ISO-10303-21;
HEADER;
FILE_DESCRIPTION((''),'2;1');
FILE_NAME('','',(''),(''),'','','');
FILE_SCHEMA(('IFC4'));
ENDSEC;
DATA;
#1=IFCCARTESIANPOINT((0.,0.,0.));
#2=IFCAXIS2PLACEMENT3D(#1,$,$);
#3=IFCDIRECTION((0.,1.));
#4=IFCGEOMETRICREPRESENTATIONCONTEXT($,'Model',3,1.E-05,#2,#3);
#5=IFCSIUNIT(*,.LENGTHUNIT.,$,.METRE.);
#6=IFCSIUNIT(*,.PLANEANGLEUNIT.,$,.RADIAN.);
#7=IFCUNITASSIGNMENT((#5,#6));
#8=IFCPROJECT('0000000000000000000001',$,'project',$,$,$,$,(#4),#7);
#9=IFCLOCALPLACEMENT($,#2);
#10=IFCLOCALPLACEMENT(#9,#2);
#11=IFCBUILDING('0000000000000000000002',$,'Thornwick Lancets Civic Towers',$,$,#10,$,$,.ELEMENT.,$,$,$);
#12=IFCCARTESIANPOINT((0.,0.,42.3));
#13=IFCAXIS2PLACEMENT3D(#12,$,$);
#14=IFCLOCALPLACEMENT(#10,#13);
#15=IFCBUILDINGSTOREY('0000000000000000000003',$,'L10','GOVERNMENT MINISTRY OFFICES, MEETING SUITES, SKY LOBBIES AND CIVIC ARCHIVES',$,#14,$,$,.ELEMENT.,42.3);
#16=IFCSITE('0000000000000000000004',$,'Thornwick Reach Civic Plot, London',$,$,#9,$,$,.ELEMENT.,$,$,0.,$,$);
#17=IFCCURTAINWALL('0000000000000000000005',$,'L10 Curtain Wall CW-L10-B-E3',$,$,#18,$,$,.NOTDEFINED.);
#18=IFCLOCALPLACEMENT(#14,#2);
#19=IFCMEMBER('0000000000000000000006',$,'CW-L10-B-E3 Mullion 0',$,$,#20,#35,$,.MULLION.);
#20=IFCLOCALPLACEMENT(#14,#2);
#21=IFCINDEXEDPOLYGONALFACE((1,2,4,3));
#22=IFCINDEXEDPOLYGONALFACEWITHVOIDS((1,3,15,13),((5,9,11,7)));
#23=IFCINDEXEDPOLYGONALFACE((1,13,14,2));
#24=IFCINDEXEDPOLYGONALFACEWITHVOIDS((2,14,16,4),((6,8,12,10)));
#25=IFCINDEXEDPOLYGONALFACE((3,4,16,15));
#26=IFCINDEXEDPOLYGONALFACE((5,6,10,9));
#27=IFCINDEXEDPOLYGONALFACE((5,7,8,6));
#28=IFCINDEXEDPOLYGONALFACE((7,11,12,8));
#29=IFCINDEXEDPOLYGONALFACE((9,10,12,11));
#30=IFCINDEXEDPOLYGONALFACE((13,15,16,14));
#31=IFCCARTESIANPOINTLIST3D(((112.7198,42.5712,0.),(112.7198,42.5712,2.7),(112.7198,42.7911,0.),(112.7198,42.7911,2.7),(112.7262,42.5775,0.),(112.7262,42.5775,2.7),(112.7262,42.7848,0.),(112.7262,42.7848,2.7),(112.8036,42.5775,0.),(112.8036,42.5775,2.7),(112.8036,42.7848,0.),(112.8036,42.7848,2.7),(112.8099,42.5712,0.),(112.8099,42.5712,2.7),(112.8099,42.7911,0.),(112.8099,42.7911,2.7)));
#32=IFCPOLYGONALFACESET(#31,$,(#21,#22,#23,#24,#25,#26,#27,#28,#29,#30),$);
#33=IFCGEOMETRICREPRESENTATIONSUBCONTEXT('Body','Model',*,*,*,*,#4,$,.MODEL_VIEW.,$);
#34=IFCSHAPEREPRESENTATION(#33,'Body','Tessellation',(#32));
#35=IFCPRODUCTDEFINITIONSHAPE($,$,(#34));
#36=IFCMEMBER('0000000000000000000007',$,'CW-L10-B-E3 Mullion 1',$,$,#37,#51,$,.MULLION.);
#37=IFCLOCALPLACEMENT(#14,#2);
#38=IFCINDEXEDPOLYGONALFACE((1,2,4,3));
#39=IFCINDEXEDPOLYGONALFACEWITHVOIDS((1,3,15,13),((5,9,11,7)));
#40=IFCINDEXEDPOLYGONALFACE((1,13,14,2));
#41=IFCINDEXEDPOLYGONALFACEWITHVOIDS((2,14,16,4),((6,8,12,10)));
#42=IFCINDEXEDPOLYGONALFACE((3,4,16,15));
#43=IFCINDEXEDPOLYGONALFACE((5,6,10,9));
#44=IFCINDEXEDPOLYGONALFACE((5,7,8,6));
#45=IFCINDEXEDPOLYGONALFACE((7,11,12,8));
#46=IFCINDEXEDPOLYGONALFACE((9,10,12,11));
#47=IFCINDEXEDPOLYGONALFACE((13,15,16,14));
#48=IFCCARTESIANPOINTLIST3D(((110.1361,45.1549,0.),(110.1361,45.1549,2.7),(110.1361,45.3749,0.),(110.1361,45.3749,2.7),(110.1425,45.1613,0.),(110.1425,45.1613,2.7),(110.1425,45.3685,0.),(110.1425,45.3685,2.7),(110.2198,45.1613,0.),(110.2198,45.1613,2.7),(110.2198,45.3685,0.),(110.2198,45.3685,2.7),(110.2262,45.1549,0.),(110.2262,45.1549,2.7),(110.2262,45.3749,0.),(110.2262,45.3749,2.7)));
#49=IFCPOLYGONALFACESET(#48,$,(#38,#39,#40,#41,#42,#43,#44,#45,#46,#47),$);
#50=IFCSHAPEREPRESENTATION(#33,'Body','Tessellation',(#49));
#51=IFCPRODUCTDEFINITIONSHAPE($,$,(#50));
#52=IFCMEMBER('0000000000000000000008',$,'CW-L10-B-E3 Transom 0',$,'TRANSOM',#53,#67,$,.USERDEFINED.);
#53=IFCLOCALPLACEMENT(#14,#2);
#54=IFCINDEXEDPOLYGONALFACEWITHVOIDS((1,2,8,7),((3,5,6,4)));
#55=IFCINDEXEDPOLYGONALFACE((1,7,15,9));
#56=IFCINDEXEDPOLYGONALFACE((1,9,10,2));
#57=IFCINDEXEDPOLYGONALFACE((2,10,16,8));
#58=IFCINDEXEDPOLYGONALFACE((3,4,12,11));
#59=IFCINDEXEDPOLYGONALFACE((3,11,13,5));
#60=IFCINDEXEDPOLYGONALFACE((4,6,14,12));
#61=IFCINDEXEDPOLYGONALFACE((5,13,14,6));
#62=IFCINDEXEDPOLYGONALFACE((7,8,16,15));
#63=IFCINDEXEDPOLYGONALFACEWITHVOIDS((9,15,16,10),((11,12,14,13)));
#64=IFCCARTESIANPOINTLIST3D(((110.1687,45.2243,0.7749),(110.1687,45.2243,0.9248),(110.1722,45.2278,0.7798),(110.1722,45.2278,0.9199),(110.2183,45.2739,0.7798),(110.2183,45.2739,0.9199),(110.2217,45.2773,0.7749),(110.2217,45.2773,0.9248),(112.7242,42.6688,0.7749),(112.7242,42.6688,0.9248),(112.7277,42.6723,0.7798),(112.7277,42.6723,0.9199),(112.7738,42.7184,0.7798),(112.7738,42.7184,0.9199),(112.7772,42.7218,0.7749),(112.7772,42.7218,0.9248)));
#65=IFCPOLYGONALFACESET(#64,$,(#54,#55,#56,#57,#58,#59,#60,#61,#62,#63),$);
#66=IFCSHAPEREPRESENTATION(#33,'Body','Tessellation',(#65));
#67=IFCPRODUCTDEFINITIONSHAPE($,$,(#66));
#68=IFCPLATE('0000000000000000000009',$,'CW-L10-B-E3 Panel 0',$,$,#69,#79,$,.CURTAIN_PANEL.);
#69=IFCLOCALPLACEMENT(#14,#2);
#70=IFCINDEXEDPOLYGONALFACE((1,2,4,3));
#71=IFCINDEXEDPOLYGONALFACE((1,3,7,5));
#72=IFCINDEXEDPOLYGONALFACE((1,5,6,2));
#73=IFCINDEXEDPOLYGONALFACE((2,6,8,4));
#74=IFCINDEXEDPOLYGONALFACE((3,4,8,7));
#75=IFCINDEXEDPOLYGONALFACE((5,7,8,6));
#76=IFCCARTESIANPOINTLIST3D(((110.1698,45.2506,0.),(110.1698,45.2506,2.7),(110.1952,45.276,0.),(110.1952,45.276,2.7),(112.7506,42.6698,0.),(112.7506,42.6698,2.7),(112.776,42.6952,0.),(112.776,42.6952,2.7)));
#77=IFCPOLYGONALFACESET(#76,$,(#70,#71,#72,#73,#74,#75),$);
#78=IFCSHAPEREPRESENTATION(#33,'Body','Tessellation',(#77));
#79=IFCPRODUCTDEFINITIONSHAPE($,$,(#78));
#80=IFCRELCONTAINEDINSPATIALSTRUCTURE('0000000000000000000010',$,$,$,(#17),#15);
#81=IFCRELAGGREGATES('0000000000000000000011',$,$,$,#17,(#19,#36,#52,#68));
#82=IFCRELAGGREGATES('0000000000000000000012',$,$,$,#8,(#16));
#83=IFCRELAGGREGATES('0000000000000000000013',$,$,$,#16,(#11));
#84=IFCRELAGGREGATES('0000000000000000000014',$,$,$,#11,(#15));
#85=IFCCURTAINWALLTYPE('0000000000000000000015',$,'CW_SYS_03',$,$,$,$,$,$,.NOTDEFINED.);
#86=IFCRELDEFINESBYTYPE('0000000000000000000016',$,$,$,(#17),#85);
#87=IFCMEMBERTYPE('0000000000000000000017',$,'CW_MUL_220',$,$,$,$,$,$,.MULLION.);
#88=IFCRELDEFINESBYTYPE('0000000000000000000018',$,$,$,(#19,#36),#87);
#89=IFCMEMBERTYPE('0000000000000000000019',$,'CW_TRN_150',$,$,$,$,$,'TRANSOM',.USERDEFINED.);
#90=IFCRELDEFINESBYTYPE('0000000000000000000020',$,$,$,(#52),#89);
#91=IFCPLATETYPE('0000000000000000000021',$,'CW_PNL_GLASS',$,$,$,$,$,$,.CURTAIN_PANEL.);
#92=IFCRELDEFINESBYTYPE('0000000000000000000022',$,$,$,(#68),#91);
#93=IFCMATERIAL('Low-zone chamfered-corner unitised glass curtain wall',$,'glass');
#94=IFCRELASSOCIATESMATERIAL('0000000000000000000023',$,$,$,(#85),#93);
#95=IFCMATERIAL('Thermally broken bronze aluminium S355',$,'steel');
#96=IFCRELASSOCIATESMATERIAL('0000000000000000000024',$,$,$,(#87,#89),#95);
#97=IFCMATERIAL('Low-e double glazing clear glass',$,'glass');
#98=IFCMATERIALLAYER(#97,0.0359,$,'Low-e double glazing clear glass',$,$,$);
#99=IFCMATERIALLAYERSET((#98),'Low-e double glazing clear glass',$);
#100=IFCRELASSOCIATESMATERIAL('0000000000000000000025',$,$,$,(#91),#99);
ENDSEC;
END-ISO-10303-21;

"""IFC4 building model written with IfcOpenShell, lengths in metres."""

from ifc_helpers import new_model, si_unit, direction, frame, origin, origin_2d, place, context, subcontext, project, spatial, rectangle, hollow_rectangle, extrude, material, layer, layer_set, material_profile, profile_set, type_object, element, aggregate, save


model = new_model("IFC4")

# Units and contexts
model_context = context("Model", 3, precision=1e-05, world=origin(), true_north=direction((0.0, 1.0)))
body_context = subcontext(model_context, "Body", "Model", "MODEL_VIEW")
ifc_project = project(units=[si_unit("LENGTHUNIT", "METRE"), si_unit("PLANEANGLEUNIT", "RADIAN")], contexts=[model_context])

# Site, building, storey
site_placement = place(None, origin())
site = spatial("IfcSite", under=ifc_project, at=site_placement, Name="Thornwick Reach Civic Plot, London", CompositionType="ELEMENT", RefElevation=0.0)
building_placement = place(site_placement, origin())
building = spatial("IfcBuilding", under=site, at=building_placement, Name="Thornwick Lancets Civic Towers", CompositionType="ELEMENT")
storey_placement = place(building_placement, frame((0.0, 0.0, 42.3)))
storey = spatial("IfcBuildingStorey", under=building, at=storey_placement, Name="L10", Description="GOVERNMENT MINISTRY OFFICES, MEETING SUITES, SKY LOBBIES AND CIVIC ARCHIVES", CompositionType="ELEMENT", Elevation=42.3)

# Curtain wall, members, plate
ifc_material_1 = material(Name="Low-zone chamfered-corner unitised glass curtain wall", Category="glass")
curtain_wall_type = type_object("IfcCurtainWallType", Name="CW_SYS_03", PredefinedType="NOTDEFINED", material=ifc_material_1)
curtain_wall_placement = place(storey_placement, origin())
curtain_wall = element("IfcCurtainWall", 1, at=curtain_wall_placement, inside=storey, type_object=curtain_wall_type, Name="L10 Curtain Wall CW-L10-B-E3", PredefinedType="NOTDEFINED")
ifc_material_2 = material(Name="Thermally broken bronze aluminium S355", Category="steel")
ifc_material_profile_1 = material_profile(ifc_material_2, hollow_rectangle(XDim=0.0901, YDim=0.22, WallThickness=0.0063, at=origin_2d()), Name="RHS 220x90x6.3")
ifc_profile_set_1 = profile_set([ifc_material_profile_1], Name="Thermally broken bronze aluminium S355")
member_type_1 = type_object("IfcMemberType", Name="CW_MUL_220", PredefinedType="MULLION", material=ifc_profile_set_1)
member_1_placement = place(storey_placement, frame((112.7649, 42.6812, 0.0), z_axis=(0.0, 0.0, 1.0), x_axis=(1.0, 0.0, 0.0)))
member_1 = element("IfcMember", 2, at=member_1_placement, type_object=member_type_1, Name="CW-L10-B-E3 Mullion 0", PredefinedType="MULLION", context=body_context, shape_type="SweptSolid", body=[
    extrude(hollow_rectangle(XDim=0.0901, YDim=0.22, WallThickness=0.0063, at=origin_2d()), origin(), (0.0, 0.0, 1.0), 2.7),
])
member_2_placement = place(storey_placement, frame((110.1812, 45.2649, 0.0), z_axis=(0.0, 0.0, 1.0), x_axis=(1.0, 0.0, 0.0)))
member_2 = element("IfcMember", 3, at=member_2_placement, type_object=member_type_1, Name="CW-L10-B-E3 Mullion 1", PredefinedType="MULLION", context=body_context, shape_type="SweptSolid", body=[
    extrude(hollow_rectangle(XDim=0.0901, YDim=0.22, WallThickness=0.0063, at=origin_2d()), origin(), (0.0, 0.0, 1.0), 2.7),
])
ifc_material_profile_2 = material_profile(ifc_material_2, hollow_rectangle(XDim=0.075, YDim=0.1499, WallThickness=0.0049, at=origin_2d()), Name="RHS 150x75x5")
ifc_profile_set_2 = profile_set([ifc_material_profile_2], Name="Thermally broken bronze aluminium S355")
member_type_2 = type_object("IfcMemberType", Name="CW_TRN_150", ElementType="TRANSOM", PredefinedType="USERDEFINED", material=ifc_profile_set_2)
member_3_placement = place(storey_placement, frame((112.7507, 42.6953, 0.8499), z_axis=(-0.707107, 0.707107, 0.0), x_axis=(-0.707107, -0.707107, 0.0)))
member_3 = element("IfcMember", 4, at=member_3_placement, type_object=member_type_2, Name="CW-L10-B-E3 Transom 0", ObjectType="TRANSOM", PredefinedType="USERDEFINED", context=body_context, shape_type="SweptSolid", body=[
    extrude(hollow_rectangle(XDim=0.075, YDim=0.1499, WallThickness=0.0049, at=origin_2d()), origin(), (0.0, 0.0, 1.0), 3.614),
])
ifc_material_3 = material(Name="Low-e double glazing clear glass", Category="glass")
ifc_layer_1 = layer(ifc_material_3, 0.0359, Name="Low-e double glazing clear glass")
ifc_layer_set_1 = layer_set([ifc_layer_1], Name="Low-e double glazing clear glass")
plate_type = type_object("IfcPlateType", Name="CW_PNL_GLASS", PredefinedType="CURTAIN_PANEL", material=ifc_layer_set_1)
plate_placement = place(storey_placement, frame((111.4729, 43.9729, 0.0), z_axis=(0.0, 0.0, 1.0), x_axis=(-0.707107, 0.707107, 0.0)))
plate = element("IfcPlate", 5, at=plate_placement, type_object=plate_type, Name="CW-L10-B-E3 Panel 0", PredefinedType="CURTAIN_PANEL", context=body_context, shape_type="SweptSolid", body=[
    extrude(rectangle(XDim=3.6499, YDim=0.0359, at=origin_2d()), origin(), (0.0, 0.0, 1.0), 2.7),
])
aggregate(curtain_wall, [member_1, member_2, member_3, plate])

save(model, "model.ifc")
